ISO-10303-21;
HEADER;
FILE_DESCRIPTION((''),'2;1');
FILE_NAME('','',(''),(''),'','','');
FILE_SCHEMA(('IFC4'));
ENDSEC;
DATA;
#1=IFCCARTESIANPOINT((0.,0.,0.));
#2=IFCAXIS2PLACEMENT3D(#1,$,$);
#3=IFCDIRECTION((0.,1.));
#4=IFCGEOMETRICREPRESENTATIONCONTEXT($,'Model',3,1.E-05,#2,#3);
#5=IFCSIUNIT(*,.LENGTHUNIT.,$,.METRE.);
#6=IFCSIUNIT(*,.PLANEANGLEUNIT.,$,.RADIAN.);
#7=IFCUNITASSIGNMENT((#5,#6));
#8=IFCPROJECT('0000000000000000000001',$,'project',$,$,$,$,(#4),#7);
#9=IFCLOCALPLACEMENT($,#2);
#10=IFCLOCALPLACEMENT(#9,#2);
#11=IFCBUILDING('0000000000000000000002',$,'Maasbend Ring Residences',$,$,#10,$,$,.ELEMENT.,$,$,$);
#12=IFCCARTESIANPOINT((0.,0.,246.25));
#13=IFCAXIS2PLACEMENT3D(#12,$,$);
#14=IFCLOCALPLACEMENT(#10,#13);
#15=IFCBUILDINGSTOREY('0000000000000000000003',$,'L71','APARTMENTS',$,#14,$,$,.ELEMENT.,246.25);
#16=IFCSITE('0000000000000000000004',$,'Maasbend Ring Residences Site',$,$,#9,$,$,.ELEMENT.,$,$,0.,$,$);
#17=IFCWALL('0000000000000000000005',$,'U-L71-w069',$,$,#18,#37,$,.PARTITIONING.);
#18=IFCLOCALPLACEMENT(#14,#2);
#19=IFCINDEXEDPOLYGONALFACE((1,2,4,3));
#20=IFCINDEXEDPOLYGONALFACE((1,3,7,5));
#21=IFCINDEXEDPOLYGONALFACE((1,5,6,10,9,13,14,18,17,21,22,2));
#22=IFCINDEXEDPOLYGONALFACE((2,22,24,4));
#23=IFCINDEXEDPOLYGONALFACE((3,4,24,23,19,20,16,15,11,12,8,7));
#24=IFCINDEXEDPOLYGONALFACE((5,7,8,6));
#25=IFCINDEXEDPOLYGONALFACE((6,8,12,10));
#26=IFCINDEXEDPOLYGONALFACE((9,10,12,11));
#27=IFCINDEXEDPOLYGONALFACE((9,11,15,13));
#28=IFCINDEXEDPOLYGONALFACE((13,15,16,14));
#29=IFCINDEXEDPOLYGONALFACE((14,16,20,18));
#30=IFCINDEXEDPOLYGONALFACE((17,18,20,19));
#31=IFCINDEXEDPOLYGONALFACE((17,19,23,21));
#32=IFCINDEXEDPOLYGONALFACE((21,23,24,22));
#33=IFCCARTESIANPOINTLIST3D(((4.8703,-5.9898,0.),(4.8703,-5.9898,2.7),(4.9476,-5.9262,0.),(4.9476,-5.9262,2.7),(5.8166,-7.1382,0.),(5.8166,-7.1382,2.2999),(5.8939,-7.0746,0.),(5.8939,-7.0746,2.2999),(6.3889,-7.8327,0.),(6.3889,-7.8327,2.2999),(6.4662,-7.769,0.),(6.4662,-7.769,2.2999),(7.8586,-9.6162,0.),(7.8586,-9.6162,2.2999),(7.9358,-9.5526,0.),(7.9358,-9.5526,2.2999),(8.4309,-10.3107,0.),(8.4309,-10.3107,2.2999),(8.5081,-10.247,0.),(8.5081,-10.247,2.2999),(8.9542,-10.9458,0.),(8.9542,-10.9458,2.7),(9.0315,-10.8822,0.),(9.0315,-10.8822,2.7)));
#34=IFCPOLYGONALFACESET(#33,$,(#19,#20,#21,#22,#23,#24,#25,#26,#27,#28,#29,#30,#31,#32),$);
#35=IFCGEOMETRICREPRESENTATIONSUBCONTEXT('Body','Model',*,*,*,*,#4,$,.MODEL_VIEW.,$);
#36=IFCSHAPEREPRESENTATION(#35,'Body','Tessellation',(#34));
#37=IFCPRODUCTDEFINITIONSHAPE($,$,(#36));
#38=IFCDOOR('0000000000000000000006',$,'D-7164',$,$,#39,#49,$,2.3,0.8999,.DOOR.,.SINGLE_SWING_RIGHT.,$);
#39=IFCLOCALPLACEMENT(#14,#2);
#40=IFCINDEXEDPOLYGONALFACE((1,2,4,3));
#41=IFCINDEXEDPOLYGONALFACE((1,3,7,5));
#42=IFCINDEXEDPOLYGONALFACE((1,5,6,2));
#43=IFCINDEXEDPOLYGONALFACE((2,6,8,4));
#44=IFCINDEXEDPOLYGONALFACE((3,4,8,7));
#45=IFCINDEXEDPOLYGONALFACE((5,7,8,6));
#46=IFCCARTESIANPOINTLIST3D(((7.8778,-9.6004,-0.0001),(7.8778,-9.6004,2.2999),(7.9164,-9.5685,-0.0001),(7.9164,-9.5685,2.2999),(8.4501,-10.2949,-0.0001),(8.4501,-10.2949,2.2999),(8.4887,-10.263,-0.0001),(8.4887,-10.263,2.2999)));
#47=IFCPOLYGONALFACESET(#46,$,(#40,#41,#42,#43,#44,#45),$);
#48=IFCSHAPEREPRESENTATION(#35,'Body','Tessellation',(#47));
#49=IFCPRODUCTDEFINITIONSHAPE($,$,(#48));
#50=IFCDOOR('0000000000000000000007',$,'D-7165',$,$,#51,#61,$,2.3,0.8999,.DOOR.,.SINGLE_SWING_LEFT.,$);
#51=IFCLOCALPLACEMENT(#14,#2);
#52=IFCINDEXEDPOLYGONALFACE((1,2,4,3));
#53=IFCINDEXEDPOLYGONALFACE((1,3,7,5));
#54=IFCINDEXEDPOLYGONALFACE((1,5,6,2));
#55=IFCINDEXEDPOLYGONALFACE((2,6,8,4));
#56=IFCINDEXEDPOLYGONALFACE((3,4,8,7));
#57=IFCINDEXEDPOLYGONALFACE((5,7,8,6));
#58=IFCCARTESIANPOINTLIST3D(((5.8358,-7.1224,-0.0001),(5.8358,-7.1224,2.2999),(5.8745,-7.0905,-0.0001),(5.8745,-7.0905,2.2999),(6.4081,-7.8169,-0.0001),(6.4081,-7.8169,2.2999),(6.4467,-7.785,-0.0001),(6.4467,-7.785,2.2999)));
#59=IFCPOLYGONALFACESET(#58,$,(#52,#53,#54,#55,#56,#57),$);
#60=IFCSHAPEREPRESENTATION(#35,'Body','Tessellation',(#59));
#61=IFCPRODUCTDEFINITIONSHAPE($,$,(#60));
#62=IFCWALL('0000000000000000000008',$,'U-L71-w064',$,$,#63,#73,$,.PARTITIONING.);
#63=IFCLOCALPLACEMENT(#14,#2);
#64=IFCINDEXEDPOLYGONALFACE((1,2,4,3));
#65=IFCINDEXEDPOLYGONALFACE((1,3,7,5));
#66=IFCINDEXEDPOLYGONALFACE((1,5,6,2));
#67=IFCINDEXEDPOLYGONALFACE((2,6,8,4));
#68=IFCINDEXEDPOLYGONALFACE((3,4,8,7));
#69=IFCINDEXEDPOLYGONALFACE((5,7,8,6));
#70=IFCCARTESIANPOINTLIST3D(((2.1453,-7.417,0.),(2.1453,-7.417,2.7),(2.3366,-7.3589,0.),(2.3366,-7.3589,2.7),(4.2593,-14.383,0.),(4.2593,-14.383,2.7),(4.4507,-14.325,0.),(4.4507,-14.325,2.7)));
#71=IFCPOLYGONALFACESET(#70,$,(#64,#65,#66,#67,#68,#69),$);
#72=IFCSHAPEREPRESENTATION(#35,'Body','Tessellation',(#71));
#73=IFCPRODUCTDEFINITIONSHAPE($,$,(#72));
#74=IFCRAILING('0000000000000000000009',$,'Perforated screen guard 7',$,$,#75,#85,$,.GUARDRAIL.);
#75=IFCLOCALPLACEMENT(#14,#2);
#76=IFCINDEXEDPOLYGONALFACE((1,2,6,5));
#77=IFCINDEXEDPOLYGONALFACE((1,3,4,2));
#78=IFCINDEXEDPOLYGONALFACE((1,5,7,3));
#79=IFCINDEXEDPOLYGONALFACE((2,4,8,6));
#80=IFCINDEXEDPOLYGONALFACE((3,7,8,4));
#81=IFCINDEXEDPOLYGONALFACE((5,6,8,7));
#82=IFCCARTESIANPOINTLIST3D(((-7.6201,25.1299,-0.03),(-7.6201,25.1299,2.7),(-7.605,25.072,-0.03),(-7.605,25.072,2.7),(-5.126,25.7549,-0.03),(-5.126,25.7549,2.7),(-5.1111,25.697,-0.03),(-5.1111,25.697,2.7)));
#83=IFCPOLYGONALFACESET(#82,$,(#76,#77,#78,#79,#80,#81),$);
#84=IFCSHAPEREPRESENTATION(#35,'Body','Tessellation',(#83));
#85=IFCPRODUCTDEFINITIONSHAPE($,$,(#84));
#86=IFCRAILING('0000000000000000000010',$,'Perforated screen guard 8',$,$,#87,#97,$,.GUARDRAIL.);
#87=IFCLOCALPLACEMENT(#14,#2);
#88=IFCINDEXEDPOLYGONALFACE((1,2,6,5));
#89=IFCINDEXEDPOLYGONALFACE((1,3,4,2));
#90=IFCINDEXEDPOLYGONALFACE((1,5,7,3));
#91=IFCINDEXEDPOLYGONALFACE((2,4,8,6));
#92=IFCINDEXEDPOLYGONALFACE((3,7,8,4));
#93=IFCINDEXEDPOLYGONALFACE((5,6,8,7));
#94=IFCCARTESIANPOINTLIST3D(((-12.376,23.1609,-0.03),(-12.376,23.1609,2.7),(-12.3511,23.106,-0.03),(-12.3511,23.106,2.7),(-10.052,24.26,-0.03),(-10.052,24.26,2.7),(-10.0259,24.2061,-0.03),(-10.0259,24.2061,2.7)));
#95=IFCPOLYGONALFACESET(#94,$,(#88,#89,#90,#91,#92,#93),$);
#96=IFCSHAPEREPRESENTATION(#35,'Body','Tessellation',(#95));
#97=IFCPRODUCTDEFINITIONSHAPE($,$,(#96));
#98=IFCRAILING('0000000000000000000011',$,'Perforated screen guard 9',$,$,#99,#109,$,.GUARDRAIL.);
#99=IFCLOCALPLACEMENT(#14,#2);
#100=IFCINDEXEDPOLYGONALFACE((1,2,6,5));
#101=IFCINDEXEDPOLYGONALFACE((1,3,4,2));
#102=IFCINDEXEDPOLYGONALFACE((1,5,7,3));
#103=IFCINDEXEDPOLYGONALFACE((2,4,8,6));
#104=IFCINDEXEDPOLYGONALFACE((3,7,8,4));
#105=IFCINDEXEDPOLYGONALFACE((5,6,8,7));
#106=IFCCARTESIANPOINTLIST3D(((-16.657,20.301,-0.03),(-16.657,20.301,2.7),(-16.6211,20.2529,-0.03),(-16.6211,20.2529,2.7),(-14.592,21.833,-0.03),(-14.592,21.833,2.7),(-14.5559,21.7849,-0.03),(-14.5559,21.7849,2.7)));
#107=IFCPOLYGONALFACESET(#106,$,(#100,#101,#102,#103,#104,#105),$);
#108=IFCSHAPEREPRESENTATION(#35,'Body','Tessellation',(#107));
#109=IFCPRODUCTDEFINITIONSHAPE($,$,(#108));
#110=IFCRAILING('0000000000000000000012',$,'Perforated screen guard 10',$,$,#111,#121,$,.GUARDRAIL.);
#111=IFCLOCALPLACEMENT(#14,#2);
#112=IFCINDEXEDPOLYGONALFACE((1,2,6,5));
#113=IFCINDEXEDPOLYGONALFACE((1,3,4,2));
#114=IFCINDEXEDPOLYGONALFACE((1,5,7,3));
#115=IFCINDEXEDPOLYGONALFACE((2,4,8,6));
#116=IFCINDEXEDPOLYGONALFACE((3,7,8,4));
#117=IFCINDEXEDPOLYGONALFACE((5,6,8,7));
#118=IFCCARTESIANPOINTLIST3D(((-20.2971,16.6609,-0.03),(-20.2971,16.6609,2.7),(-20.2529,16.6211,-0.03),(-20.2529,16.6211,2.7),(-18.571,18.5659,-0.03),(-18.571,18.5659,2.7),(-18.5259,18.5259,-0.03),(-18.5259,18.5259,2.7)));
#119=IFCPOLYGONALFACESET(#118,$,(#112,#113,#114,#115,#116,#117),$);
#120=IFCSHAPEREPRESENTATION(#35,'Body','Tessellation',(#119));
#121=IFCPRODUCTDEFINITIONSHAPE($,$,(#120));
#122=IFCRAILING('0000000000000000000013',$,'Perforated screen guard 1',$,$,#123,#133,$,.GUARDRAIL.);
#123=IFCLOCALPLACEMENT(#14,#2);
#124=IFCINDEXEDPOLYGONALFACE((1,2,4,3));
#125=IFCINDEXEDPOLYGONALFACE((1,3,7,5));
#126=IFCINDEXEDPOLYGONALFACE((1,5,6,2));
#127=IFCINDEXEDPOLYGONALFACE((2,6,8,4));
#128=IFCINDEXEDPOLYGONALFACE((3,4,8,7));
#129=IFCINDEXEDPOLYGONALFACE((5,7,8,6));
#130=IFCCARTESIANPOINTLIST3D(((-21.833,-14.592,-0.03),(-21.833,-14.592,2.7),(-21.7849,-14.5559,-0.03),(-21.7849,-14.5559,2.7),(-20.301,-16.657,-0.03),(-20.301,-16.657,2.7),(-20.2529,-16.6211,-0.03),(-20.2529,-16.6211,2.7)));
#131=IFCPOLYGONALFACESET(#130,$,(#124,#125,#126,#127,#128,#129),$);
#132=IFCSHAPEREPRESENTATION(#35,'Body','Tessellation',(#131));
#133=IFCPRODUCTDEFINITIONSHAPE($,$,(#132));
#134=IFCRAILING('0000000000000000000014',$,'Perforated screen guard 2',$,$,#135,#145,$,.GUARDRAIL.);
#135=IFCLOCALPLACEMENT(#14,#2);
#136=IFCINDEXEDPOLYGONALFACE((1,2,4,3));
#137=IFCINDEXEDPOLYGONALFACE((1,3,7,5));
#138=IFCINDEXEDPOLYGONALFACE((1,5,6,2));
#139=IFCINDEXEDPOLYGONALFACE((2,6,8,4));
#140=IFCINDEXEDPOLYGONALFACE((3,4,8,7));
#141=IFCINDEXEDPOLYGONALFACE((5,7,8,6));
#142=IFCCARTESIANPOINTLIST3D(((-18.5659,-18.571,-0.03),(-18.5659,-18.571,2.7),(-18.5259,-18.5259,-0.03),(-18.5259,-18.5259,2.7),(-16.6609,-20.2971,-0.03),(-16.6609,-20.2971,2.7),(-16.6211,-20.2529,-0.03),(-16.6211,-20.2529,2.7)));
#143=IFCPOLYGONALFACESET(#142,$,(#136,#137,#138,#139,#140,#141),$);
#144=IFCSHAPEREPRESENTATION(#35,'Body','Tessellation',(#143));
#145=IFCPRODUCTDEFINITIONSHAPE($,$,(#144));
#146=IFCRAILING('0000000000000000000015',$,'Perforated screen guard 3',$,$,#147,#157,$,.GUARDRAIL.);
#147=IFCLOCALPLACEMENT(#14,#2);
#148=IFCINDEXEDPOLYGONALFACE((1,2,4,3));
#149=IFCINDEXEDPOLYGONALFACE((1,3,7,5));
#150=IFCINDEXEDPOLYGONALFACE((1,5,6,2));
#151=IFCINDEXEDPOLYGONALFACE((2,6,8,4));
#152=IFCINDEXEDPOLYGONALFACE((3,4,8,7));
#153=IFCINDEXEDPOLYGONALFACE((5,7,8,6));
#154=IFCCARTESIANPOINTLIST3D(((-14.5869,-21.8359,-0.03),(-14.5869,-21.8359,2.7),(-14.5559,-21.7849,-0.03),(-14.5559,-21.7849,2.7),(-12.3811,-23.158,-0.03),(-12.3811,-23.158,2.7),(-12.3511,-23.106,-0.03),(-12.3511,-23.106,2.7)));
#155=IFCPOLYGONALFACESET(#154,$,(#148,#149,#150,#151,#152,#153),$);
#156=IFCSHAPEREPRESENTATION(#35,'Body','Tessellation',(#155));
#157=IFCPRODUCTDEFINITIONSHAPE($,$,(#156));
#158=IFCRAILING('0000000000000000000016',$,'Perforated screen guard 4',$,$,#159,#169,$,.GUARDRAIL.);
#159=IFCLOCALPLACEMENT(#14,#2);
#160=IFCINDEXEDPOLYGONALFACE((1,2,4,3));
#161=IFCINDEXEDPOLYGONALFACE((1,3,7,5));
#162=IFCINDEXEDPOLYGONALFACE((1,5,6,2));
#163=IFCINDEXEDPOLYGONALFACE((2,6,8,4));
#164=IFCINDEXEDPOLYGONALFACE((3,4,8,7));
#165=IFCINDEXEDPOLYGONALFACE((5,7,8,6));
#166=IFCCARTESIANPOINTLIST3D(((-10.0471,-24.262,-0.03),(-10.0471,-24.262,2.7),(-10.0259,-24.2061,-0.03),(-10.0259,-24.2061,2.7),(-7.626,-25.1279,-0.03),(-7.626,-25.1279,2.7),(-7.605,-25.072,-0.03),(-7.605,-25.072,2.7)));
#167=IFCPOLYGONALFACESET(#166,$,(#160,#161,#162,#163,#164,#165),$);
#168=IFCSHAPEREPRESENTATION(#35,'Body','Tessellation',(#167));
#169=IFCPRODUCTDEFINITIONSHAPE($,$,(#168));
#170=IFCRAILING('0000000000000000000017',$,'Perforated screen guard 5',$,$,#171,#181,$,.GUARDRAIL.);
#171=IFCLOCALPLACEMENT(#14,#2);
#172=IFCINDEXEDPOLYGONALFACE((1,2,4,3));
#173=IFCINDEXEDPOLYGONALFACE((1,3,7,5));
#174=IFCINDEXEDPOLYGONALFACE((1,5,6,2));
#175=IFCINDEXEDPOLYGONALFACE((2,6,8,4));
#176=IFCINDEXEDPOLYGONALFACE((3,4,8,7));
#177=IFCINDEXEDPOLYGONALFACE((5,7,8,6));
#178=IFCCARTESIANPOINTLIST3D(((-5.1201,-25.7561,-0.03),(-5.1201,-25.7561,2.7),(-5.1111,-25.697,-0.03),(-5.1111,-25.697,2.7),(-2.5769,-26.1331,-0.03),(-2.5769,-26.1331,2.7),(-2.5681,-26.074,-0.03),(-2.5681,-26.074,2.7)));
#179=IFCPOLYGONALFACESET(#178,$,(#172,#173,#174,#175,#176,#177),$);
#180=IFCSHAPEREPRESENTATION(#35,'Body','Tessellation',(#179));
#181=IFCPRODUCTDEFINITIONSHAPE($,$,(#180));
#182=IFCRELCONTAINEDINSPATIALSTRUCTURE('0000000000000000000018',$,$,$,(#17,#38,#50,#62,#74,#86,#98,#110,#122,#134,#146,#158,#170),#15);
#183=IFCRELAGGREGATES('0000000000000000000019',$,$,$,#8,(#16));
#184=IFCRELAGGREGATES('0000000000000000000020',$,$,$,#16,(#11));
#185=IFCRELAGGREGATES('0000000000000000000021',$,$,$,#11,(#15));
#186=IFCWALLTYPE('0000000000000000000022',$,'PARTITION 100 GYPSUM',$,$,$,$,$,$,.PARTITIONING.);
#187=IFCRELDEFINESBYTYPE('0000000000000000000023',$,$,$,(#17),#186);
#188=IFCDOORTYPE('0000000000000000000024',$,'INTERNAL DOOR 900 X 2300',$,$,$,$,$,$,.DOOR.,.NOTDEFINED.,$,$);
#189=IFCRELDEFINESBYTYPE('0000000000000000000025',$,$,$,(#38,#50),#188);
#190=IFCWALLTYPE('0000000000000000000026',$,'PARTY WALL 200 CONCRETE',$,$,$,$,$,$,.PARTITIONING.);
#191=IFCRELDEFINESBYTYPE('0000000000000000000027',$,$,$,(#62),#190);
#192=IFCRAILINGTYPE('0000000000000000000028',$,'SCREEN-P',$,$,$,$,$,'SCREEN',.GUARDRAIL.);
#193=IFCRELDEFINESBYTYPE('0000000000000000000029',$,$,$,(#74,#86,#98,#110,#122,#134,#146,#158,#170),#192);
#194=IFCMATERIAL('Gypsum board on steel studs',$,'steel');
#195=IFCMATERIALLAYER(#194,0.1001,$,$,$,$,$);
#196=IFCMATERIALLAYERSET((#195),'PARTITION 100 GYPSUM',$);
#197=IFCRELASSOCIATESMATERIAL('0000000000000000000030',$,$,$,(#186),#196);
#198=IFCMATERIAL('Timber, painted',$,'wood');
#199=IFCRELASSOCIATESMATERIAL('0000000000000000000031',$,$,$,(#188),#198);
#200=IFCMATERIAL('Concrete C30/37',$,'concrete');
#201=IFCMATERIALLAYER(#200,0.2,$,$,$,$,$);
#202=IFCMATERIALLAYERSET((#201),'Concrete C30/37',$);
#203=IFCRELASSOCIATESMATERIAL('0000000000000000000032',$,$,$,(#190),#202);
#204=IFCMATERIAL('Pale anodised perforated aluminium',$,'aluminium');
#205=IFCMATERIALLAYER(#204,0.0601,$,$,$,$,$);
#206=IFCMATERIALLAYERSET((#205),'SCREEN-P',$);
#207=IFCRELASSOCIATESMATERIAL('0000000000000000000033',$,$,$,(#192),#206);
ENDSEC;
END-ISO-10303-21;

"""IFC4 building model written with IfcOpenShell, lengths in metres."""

from ifc_helpers import new_model, si_unit, direction, frame, frame_2d, origin, place, context, subcontext, project, spatial, polyline, rectangle, outline, extrude, material, layer, layer_set, type_object, element, fill, save


model = new_model("IFC4")

# Units and contexts
model_context = context("Model", 3, precision=1e-05, world=origin(), true_north=direction((0.0, 1.0)))
body_context = subcontext(model_context, "Body", "Model", "MODEL_VIEW")
ifc_project = project(units=[si_unit("LENGTHUNIT", "METRE"), si_unit("PLANEANGLEUNIT", "RADIAN")], contexts=[model_context])

# Site, building, storey
site_placement = place(None, origin())
site = spatial("IfcSite", under=ifc_project, at=site_placement, Name="Maasbend Ring Residences Site", CompositionType="ELEMENT", RefElevation=0.0)
building_placement = place(site_placement, origin())
building = spatial("IfcBuilding", under=site, at=building_placement, Name="Maasbend Ring Residences", CompositionType="ELEMENT")
storey_placement = place(building_placement, frame((0.0, 0.0, 246.25)))
storey = spatial("IfcBuildingStorey", under=building, at=storey_placement, Name="L71", Description="APARTMENTS", CompositionType="ELEMENT", Elevation=246.25)

# Wall, openings, doors
ifc_material_1 = material(Name="Gypsum board on steel studs", Category="steel")
ifc_layer_1 = layer(ifc_material_1, 0.1001)
ifc_layer_set_1 = layer_set([ifc_layer_1], Name="PARTITION 100 GYPSUM")
wall_type_1 = type_object("IfcWallType", Name="PARTITION 100 GYPSUM", PredefinedType="PARTITIONING", material=ifc_layer_set_1)
wall_1_placement = place(storey_placement, frame((4.9089, -5.958, 0.0), z_axis=(0.0, 0.0, 1.0), x_axis=(0.635942, -0.771737, 0.0)))
wall_1 = element("IfcWall", 1, at=wall_1_placement, inside=storey, type_object=wall_type_1, Name="U-L71-w069", PredefinedType="PARTITIONING", context=body_context, shape_type="SweptSolid", body=[
    extrude(rectangle(XDim=6.4219, YDim=0.1001, at=frame_2d((3.2109, 0.0))), origin(), (0.0, 0.0, 1.0), 2.7),
])
opening_1_placement = place(wall_1_placement, frame((4.699, 0.0, 0.0)))
opening_1 = element("IfcOpeningElement", 2, at=opening_1_placement, cuts=wall_1, PredefinedType="OPENING", context=body_context, shape_type="SweptSolid", body=[
    extrude(rectangle(XDim=0.8999, YDim=2.3, at=frame_2d((0.45, 1.1499))), frame((0.0, 0.0601, 0.0), z_axis=(0.0, -1.0, 0.0), x_axis=(1.0, 0.0, 0.0)), (0.0, 0.0, 1.0), 0.1201),
])
opening_2_placement = place(wall_1_placement, frame((1.488, 0.0, 0.0)))
opening_2 = element("IfcOpeningElement", 3, at=opening_2_placement, cuts=wall_1, PredefinedType="OPENING", context=body_context, shape_type="SweptSolid", body=[
    extrude(rectangle(XDim=0.8999, YDim=2.3, at=frame_2d((0.45, 1.1499))), frame((0.0, 0.0601, 0.0), z_axis=(0.0, -1.0, 0.0), x_axis=(1.0, 0.0, 0.0)), (0.0, 0.0, 1.0), 0.1201),
])
ifc_material_2 = material(Name="Timber, painted", Category="wood")
door_type = type_object("IfcDoorType", Name="INTERNAL DOOR 900 X 2300", OperationType="NOTDEFINED", PredefinedType="DOOR", material=ifc_material_2)
door_1_placement = place(opening_1_placement, origin())
door_1 = element("IfcDoor", 4, at=door_1_placement, inside=storey, type_object=door_type, Name="D-7164", OperationType="SINGLE_SWING_RIGHT", OverallHeight=2.3, OverallWidth=0.8999, PredefinedType="DOOR", context=body_context, shape_type="SweptSolid", body=[
    extrude(rectangle(XDim=0.8999, YDim=2.3, at=frame_2d((0.45, 1.1499))), frame((0.0, 0.0249, 0.0), z_axis=(0.0, -1.0, 0.0), x_axis=(1.0, 0.0, 0.0)), (0.0, 0.0, 1.0), 0.05),
])
fill(opening_1, door_1)
door_2_placement = place(opening_2_placement, origin())
door_2 = element("IfcDoor", 5, at=door_2_placement, inside=storey, type_object=door_type, Name="D-7165", OperationType="SINGLE_SWING_LEFT", OverallHeight=2.3, OverallWidth=0.8999, PredefinedType="DOOR", context=body_context, shape_type="SweptSolid", body=[
    extrude(rectangle(XDim=0.8999, YDim=2.3, at=frame_2d((0.45, 1.1499))), frame((0.0, 0.0249, 0.0), z_axis=(0.0, -1.0, 0.0), x_axis=(1.0, 0.0, 0.0)), (0.0, 0.0, 1.0), 0.05),
])
fill(opening_2, door_2)

# Wall
ifc_material_3 = material(Name="Concrete C30/37", Category="concrete")
ifc_layer_2 = layer(ifc_material_3, 0.2)
ifc_layer_set_2 = layer_set([ifc_layer_2], Name="Concrete C30/37")
wall_type_2 = type_object("IfcWallType", Name="PARTY WALL 200 CONCRETE", PredefinedType="PARTITIONING", material=ifc_layer_set_2)
wall_2_placement = place(storey_placement, frame((2.241, -7.3879, 0.0), z_axis=(0.0, 0.0, 1.0), x_axis=(0.290396, -0.956907, 0.0)))
element("IfcWall", 6, at=wall_2_placement, inside=storey, type_object=wall_type_2, Name="U-L71-w064", PredefinedType="PARTITIONING", context=body_context, shape_type="SweptSolid", body=[
    extrude(rectangle(XDim=7.2798, YDim=0.2, at=frame_2d((3.6399, 0.0))), origin(), (0.0, 0.0, 1.0), 2.7),
])

# Railings
ifc_material_4 = material(Name="Pale anodised perforated aluminium", Category="aluminium")
ifc_layer_3 = layer(ifc_material_4, 0.0601)
ifc_layer_set_3 = layer_set([ifc_layer_3], Name="SCREEN-P")
railing_type = type_object("IfcRailingType", Name="SCREEN-P", ElementType="SCREEN", PredefinedType="GUARDRAIL", material=ifc_layer_set_3)
railing_1_placement = place(storey_placement, frame((0.0, 0.0, -0.03)))
element("IfcRailing", 7, at=railing_1_placement, inside=storey, type_object=railing_type, Name="Perforated screen guard 7", PredefinedType="GUARDRAIL", context=body_context, shape_type="SweptSolid", body=[
    extrude(outline(polyline([(-5.1111, 25.697), (-7.605, 25.072), (-7.6201, 25.1299), (-5.126, 25.7549), (-5.1111, 25.697)])), origin(), (0.0, 0.0, 1.0), 2.73),
])
railing_2_placement = place(storey_placement, frame((0.0, 0.0, -0.03)))
element("IfcRailing", 8, at=railing_2_placement, inside=storey, type_object=railing_type, Name="Perforated screen guard 8", PredefinedType="GUARDRAIL", context=body_context, shape_type="SweptSolid", body=[
    extrude(outline(polyline([(-10.0259, 24.2061), (-12.3511, 23.106), (-12.376, 23.1609), (-10.052, 24.26), (-10.0259, 24.2061)])), origin(), (0.0, 0.0, 1.0), 2.73),
])
railing_3_placement = place(storey_placement, frame((0.0, 0.0, -0.03)))
element("IfcRailing", 9, at=railing_3_placement, inside=storey, type_object=railing_type, Name="Perforated screen guard 9", PredefinedType="GUARDRAIL", context=body_context, shape_type="SweptSolid", body=[
    extrude(outline(polyline([(-14.5559, 21.7849), (-16.6211, 20.2529), (-16.657, 20.301), (-14.592, 21.833), (-14.5559, 21.7849)])), origin(), (0.0, 0.0, 1.0), 2.73),
])
railing_4_placement = place(storey_placement, frame((0.0, 0.0, -0.03)))
element("IfcRailing", 10, at=railing_4_placement, inside=storey, type_object=railing_type, Name="Perforated screen guard 10", PredefinedType="GUARDRAIL", context=body_context, shape_type="SweptSolid", body=[
    extrude(outline(polyline([(-18.5259, 18.5259), (-20.2529, 16.6211), (-20.2971, 16.6609), (-18.571, 18.5659), (-18.5259, 18.5259)])), origin(), (0.0, 0.0, 1.0), 2.73),
])
railing_5_placement = place(storey_placement, frame((0.0, 0.0, -0.03)))
element("IfcRailing", 11, at=railing_5_placement, inside=storey, type_object=railing_type, Name="Perforated screen guard 1", PredefinedType="GUARDRAIL", context=body_context, shape_type="SweptSolid", body=[
    extrude(outline(polyline([(-21.7849, -14.5559), (-20.2529, -16.6211), (-20.301, -16.657), (-21.833, -14.592), (-21.7849, -14.5559)])), origin(), (0.0, 0.0, 1.0), 2.73),
])
railing_6_placement = place(storey_placement, frame((0.0, 0.0, -0.03)))
element("IfcRailing", 12, at=railing_6_placement, inside=storey, type_object=railing_type, Name="Perforated screen guard 2", PredefinedType="GUARDRAIL", context=body_context, shape_type="SweptSolid", body=[
    extrude(outline(polyline([(-18.5259, -18.5259), (-16.6211, -20.2529), (-16.6609, -20.2971), (-18.5659, -18.571), (-18.5259, -18.5259)])), origin(), (0.0, 0.0, 1.0), 2.73),
])
railing_7_placement = place(storey_placement, frame((0.0, 0.0, -0.03)))
element("IfcRailing", 13, at=railing_7_placement, inside=storey, type_object=railing_type, Name="Perforated screen guard 3", PredefinedType="GUARDRAIL", context=body_context, shape_type="SweptSolid", body=[
    extrude(outline(polyline([(-14.5559, -21.7849), (-12.3511, -23.106), (-12.3811, -23.158), (-14.5869, -21.8359), (-14.5559, -21.7849)])), origin(), (0.0, 0.0, 1.0), 2.73),
])
railing_8_placement = place(storey_placement, frame((0.0, 0.0, -0.03)))
element("IfcRailing", 14, at=railing_8_placement, inside=storey, type_object=railing_type, Name="Perforated screen guard 4", PredefinedType="GUARDRAIL", context=body_context, shape_type="SweptSolid", body=[
    extrude(outline(polyline([(-10.0259, -24.2061), (-7.605, -25.072), (-7.626, -25.1279), (-10.0471, -24.262), (-10.0259, -24.2061)])), origin(), (0.0, 0.0, 1.0), 2.73),
])
railing_9_placement = place(storey_placement, frame((0.0, 0.0, -0.03)))
element("IfcRailing", 15, at=railing_9_placement, inside=storey, type_object=railing_type, Name="Perforated screen guard 5", PredefinedType="GUARDRAIL", context=body_context, shape_type="SweptSolid", body=[
    extrude(outline(polyline([(-5.1111, -25.697), (-2.5681, -26.074), (-2.5769, -26.1331), (-5.1201, -25.7561), (-5.1111, -25.697)])), origin(), (0.0, 0.0, 1.0), 2.73),
])

save(model, "model.ifc")
